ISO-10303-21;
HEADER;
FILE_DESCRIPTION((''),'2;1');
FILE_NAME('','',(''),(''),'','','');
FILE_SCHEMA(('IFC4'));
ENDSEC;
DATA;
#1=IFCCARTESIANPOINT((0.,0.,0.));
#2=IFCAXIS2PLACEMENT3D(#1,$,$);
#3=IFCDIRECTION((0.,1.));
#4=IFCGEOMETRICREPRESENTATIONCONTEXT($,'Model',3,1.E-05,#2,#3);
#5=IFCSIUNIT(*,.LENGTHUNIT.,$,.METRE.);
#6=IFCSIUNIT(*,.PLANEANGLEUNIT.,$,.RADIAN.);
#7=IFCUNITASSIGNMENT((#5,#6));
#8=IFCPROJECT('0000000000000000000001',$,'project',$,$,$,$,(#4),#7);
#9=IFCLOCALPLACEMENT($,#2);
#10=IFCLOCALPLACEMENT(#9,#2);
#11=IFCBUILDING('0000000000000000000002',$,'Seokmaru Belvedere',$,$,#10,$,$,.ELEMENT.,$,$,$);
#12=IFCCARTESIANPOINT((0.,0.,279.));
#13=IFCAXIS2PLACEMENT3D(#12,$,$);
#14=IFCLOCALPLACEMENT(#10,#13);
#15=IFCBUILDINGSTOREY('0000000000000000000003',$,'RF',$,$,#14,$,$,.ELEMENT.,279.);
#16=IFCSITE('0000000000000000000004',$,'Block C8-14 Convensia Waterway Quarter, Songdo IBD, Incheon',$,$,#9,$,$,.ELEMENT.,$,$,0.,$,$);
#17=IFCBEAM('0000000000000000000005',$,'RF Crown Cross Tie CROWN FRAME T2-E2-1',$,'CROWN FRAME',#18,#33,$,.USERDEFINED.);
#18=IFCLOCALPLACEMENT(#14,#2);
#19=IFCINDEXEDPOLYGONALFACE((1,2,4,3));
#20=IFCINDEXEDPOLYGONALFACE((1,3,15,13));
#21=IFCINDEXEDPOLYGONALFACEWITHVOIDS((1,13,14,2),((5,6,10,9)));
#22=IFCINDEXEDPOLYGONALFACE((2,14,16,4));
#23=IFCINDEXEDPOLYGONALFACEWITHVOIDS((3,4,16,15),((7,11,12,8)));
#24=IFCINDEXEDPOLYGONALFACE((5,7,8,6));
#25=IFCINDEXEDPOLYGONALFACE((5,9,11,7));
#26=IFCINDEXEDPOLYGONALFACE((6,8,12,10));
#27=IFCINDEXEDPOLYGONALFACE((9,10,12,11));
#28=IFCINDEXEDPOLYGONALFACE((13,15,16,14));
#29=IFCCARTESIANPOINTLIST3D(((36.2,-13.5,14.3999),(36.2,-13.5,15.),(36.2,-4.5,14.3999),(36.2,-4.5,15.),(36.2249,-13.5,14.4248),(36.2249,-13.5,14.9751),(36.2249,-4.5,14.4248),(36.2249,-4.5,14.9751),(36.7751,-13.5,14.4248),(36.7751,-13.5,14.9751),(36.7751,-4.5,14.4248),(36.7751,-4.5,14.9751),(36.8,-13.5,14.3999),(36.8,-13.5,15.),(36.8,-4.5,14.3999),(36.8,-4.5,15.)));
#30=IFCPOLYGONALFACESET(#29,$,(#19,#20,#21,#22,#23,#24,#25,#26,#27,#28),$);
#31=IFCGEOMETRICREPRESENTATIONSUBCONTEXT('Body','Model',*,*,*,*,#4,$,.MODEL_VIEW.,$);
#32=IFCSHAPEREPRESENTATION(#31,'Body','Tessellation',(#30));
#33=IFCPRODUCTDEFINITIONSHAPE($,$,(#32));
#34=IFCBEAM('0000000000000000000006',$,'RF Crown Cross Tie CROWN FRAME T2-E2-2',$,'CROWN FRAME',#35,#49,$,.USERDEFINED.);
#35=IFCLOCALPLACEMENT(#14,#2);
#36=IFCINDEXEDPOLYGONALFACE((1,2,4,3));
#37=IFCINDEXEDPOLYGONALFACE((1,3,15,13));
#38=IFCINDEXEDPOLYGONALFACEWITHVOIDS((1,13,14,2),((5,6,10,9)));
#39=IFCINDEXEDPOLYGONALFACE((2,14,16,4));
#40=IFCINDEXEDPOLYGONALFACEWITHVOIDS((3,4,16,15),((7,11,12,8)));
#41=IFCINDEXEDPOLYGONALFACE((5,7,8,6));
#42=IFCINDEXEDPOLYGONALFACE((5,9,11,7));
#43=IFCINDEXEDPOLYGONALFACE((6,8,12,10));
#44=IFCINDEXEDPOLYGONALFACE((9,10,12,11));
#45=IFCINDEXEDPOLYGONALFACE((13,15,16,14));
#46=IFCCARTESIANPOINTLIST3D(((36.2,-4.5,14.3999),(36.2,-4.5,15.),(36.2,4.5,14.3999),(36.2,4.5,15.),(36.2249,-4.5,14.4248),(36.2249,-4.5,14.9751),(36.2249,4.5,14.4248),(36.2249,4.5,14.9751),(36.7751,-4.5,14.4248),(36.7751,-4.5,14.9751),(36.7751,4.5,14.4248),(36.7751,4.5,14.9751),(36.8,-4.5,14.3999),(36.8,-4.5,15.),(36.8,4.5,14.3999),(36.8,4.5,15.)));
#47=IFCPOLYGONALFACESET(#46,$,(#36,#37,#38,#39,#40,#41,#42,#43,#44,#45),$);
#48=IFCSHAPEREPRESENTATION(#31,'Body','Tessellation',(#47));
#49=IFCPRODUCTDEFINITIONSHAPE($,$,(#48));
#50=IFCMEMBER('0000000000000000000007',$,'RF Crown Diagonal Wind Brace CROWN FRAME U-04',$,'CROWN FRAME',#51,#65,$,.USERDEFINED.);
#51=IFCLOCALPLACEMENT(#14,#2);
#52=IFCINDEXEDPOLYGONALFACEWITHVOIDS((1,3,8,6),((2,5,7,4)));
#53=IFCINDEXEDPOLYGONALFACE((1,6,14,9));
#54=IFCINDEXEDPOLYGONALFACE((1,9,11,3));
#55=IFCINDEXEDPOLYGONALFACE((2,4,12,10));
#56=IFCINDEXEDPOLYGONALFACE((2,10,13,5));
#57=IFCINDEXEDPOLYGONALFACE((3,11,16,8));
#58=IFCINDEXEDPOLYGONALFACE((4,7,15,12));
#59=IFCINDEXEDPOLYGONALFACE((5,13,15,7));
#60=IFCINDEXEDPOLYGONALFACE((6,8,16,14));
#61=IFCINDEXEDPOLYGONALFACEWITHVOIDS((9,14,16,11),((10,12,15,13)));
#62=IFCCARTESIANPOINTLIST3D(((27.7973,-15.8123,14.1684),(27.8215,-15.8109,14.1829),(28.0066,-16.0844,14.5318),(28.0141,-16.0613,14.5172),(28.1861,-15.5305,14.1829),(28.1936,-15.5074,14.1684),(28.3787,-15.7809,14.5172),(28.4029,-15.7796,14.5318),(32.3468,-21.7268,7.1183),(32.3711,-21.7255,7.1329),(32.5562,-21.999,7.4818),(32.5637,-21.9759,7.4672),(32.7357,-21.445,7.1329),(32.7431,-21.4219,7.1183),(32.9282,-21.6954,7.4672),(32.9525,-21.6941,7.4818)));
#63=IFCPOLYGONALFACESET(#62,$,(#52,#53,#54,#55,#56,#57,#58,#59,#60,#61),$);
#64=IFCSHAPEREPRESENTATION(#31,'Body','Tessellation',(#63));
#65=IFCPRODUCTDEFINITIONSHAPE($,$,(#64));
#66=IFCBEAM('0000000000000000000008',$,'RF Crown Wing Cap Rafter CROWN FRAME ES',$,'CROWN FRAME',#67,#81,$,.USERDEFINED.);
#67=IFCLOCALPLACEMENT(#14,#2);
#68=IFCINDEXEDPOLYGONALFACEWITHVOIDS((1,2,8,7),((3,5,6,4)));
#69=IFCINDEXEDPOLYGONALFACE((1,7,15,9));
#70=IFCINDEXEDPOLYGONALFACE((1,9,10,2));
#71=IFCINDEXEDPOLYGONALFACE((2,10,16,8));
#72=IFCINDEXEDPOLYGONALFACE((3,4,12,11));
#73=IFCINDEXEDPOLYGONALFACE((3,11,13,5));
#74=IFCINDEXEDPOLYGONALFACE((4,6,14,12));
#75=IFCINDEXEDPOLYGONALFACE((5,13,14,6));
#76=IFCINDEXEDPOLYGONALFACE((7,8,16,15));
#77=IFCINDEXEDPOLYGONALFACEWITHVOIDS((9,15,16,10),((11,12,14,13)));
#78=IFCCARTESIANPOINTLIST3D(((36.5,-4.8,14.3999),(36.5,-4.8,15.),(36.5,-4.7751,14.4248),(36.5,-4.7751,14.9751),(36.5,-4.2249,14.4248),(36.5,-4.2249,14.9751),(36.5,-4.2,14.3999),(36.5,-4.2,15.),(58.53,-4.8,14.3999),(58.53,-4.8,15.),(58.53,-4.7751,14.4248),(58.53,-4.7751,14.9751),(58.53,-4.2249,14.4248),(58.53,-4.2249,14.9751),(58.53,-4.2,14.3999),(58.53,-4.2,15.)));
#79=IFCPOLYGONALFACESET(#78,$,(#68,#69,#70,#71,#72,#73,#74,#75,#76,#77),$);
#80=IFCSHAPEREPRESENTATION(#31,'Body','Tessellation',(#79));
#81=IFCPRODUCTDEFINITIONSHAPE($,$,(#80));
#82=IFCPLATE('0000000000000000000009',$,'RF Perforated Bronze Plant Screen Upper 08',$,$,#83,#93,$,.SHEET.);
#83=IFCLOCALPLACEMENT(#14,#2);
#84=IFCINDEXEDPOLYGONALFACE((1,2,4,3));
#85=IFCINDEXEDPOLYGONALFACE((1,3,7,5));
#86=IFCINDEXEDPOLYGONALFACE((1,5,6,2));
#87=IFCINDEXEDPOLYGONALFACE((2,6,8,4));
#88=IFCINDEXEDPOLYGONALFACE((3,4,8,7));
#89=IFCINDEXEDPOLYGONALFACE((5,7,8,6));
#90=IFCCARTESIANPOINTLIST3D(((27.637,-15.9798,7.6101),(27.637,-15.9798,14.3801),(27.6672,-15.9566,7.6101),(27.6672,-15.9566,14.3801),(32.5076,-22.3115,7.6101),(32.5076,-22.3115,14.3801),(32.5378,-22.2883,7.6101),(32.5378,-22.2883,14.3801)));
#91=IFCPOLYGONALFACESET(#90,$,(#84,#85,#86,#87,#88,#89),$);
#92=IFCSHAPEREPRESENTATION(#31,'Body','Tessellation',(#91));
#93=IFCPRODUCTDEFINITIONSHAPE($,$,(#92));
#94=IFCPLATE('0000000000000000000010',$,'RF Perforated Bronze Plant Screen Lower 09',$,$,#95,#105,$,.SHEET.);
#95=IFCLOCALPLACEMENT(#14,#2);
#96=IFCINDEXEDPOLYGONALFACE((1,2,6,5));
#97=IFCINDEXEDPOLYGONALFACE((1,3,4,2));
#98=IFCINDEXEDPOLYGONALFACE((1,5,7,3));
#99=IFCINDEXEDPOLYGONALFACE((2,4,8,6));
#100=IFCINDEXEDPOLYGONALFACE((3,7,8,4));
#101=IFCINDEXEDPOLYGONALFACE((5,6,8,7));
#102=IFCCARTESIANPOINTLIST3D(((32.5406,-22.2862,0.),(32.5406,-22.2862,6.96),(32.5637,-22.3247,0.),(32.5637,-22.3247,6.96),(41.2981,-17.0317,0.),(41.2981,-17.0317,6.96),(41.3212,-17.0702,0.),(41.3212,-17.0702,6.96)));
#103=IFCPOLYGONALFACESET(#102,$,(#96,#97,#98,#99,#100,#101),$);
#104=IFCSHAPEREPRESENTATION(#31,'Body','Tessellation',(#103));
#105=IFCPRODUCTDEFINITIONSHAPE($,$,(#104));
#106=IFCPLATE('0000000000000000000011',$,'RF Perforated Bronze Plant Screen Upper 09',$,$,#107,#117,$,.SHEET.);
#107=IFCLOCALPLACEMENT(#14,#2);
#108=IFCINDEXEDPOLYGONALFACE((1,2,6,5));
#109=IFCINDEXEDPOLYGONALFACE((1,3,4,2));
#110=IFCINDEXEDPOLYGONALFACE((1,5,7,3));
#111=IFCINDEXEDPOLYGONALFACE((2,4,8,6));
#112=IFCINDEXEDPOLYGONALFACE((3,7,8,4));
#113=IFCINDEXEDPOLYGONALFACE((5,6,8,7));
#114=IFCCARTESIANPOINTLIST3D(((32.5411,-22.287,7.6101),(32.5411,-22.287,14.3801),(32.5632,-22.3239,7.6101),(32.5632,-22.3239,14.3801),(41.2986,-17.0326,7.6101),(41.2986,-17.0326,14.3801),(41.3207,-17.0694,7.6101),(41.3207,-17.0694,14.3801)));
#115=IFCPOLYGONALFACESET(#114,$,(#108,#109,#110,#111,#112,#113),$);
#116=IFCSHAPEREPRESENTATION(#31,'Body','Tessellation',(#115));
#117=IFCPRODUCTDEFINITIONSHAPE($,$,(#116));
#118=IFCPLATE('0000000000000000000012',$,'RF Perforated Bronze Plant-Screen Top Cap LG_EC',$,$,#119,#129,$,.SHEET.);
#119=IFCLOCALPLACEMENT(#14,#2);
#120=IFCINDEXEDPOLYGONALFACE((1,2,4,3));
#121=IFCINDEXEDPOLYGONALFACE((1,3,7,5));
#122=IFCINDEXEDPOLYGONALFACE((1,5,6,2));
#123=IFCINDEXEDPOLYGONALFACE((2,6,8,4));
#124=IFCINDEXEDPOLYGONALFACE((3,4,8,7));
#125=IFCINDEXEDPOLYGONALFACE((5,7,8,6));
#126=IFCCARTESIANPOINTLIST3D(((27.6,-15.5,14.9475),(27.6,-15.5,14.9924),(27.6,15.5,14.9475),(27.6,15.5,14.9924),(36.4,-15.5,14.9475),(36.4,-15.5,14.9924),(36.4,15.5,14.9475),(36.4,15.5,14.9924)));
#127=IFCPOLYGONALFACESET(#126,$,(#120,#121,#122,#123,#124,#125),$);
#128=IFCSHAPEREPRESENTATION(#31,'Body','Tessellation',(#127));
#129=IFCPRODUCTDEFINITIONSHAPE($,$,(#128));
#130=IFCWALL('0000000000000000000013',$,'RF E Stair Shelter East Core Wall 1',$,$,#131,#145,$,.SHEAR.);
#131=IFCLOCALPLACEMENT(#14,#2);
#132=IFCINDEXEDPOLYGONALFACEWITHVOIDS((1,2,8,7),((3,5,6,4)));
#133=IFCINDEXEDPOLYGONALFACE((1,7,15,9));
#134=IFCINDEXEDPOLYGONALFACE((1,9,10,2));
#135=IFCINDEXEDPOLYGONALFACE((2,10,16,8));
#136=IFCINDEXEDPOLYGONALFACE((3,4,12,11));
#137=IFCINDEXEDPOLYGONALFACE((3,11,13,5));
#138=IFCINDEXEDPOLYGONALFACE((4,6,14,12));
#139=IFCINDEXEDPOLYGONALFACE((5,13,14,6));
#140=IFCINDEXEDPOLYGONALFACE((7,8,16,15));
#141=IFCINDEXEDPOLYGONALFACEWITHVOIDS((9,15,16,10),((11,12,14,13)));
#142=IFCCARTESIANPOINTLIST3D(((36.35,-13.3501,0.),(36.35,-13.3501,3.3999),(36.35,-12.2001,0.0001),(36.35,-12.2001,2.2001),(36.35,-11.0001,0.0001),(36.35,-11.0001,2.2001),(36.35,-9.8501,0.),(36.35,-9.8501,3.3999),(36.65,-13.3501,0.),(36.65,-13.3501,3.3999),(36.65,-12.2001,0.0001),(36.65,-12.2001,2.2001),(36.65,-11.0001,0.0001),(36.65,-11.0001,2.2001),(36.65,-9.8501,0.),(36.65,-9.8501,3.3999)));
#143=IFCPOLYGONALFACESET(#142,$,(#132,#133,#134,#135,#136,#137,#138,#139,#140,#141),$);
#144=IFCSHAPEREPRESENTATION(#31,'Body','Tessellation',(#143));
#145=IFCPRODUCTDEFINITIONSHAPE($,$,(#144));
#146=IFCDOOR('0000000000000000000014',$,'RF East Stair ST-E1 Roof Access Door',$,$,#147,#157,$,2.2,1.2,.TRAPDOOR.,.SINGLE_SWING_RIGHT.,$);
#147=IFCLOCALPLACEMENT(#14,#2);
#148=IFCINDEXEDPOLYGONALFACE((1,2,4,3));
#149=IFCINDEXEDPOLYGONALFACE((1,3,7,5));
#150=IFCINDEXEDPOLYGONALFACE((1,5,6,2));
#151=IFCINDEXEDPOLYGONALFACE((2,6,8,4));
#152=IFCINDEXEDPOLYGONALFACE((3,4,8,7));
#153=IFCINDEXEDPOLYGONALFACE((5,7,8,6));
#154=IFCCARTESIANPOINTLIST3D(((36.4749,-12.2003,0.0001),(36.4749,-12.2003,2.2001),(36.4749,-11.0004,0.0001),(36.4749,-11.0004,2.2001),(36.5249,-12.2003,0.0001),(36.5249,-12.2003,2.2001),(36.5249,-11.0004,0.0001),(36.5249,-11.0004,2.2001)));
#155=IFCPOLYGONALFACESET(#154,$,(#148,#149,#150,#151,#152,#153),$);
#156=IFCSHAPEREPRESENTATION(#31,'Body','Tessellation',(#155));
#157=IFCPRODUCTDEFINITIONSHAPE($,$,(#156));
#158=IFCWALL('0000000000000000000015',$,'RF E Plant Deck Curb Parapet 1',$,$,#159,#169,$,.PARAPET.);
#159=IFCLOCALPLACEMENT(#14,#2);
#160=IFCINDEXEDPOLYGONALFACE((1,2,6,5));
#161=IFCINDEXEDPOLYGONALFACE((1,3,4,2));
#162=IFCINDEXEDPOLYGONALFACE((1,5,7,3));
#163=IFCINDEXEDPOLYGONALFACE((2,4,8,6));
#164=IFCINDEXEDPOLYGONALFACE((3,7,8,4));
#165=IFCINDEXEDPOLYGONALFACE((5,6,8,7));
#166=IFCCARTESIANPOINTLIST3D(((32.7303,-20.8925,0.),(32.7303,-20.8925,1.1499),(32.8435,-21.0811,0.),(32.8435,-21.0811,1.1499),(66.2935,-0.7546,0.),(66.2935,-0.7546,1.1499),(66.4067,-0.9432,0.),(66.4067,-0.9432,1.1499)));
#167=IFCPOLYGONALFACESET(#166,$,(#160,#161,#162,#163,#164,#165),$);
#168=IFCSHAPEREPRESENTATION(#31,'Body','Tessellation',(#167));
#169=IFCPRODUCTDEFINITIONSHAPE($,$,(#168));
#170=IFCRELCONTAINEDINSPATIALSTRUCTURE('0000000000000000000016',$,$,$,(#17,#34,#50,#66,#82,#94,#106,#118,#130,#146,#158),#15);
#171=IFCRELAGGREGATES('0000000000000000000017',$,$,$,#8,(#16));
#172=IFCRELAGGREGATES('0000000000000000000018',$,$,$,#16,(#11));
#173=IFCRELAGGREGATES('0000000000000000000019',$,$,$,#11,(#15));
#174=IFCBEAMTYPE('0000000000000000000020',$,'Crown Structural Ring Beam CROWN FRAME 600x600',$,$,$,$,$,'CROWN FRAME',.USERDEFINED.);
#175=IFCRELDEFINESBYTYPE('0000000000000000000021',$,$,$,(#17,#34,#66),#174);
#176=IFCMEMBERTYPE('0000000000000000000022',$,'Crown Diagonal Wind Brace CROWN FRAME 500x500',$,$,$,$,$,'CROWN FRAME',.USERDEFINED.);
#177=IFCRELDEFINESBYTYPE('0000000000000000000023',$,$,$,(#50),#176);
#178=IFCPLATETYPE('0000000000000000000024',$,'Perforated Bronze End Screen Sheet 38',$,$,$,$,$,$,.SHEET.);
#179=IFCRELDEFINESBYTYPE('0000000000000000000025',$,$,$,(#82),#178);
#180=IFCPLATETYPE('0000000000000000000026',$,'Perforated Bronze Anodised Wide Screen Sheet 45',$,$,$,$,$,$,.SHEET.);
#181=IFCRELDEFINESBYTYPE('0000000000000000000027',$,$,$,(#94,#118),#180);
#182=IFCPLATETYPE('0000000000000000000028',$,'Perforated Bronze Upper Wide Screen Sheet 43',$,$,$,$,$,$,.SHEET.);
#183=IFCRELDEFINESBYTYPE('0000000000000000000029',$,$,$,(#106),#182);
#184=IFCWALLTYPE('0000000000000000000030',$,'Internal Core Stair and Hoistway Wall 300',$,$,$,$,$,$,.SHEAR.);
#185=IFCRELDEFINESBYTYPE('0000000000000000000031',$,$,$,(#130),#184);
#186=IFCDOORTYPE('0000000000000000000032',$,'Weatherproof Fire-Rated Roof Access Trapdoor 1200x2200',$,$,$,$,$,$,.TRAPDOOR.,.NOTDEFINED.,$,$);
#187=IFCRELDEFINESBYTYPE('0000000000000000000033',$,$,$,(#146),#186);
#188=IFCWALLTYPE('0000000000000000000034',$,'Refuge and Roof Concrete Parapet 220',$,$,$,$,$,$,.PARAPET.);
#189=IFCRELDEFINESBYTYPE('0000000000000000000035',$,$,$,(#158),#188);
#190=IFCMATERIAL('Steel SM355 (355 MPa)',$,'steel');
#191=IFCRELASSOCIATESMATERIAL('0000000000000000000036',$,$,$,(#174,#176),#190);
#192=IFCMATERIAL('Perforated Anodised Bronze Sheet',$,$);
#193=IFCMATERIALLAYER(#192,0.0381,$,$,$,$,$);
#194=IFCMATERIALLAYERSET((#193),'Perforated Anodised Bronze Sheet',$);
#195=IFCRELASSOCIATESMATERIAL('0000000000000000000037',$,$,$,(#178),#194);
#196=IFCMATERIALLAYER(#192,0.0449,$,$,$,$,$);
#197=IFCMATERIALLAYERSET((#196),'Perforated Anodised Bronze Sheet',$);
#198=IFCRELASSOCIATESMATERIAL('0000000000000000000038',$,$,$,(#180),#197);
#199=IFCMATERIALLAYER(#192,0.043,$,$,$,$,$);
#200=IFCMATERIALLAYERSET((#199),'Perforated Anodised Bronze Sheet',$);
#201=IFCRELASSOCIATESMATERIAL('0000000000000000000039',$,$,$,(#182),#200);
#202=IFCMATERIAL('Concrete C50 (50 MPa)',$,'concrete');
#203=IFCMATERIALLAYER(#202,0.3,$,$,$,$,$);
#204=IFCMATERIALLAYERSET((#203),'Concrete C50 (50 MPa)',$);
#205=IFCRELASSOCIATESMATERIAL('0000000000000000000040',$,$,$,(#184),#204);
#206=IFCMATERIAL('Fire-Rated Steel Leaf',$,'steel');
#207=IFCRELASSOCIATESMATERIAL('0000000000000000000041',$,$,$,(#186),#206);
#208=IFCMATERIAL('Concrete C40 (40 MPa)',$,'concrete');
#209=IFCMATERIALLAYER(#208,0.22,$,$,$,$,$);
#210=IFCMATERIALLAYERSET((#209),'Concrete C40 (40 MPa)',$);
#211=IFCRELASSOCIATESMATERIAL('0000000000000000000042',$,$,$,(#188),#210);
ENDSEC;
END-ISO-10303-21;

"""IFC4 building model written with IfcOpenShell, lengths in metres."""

from ifc_helpers import new_model, si_unit, direction, frame, frame_2d, origin, origin_2d, place, context, subcontext, project, spatial, rectangle, hollow_rectangle, extrude, source, transform, mapped, material, layer, layer_set, material_profile, profile_set, type_object, type_shapes, element, fill, save


model = new_model("IFC4")

# Units and contexts
model_context = context("Model", 3, precision=1e-05, world=origin(), true_north=direction((0.0, 1.0)))
body_context = subcontext(model_context, "Body", "Model", "MODEL_VIEW")
ifc_project = project(units=[si_unit("LENGTHUNIT", "METRE"), si_unit("PLANEANGLEUNIT", "RADIAN")], contexts=[model_context])

# Site, building, storey
site_placement = place(None, origin())
site = spatial("IfcSite", under=ifc_project, at=site_placement, Name="Block C8-14 Convensia Waterway Quarter, Songdo IBD, Incheon", CompositionType="ELEMENT", RefElevation=0.0)
building_placement = place(site_placement, origin())
building = spatial("IfcBuilding", under=site, at=building_placement, Name="Seokmaru Belvedere", CompositionType="ELEMENT")
storey_placement = place(building_placement, frame((0.0, 0.0, 279.0)))
storey = spatial("IfcBuildingStorey", under=building, at=storey_placement, Name="RF", CompositionType="ELEMENT", Elevation=279.0)

# Shared definitions
ifc_material_1 = material(Name="Steel SM355 (355 MPa)", Category="steel")

# Beams
ifc_material_profile_1 = material_profile(ifc_material_1, hollow_rectangle(XDim=0.6001, YDim=0.6001, WallThickness=0.0249, at=origin_2d()), Name="HSS-600x600x25")
ifc_profile_set_1 = profile_set([ifc_material_profile_1], Name="Steel SM355 (355 MPa)")
beam_type_1 = type_object("IfcBeamType", Name="Crown Structural Ring Beam CROWN FRAME 600x600", ElementType="CROWN FRAME", PredefinedType="USERDEFINED", material=ifc_profile_set_1)
shared_shape_1 = source(origin(), body_context, "Body", "SweptSolid", [
    extrude(hollow_rectangle(XDim=0.6001, YDim=0.6001, WallThickness=0.0249, at=origin_2d()), origin(), (0.0, 0.0, 1.0), 9.0),
])
for number, where, z_axis, x_axis, name in (
    (1, (36.5, -13.5, 14.7), (0.0, 1.0, 0.0), (-1.0, 0.0, 0.0), "RF Crown Cross Tie CROWN FRAME T2-E2-1"),
    (2, (36.5, -4.5, 14.7), (0.0, 1.0, 0.0), (-1.0, 0.0, 0.0), "RF Crown Cross Tie CROWN FRAME T2-E2-2"),
):
    element("IfcBeam", number, at=place(storey_placement, frame(where, z_axis=z_axis, x_axis=x_axis)), inside=storey, type_object=beam_type_1, Name=name, ObjectType="CROWN FRAME", PredefinedType="USERDEFINED", context=body_context, shape_type="MappedRepresentation", body=[
        mapped(shared_shape_1, transform((0.0, 0.0, 0.0), scale=1.0)),
    ])

# Member
ifc_material_profile_2 = material_profile(ifc_material_1, hollow_rectangle(XDim=0.5, YDim=0.5, WallThickness=0.02, at=origin_2d()), Name="HSS-500x500x20")
ifc_profile_set_2 = profile_set([ifc_material_profile_2], Name="Steel SM355 (355 MPa)")
member_type = type_object("IfcMemberType", Name="Crown Diagonal Wind Brace CROWN FRAME 500x500", ElementType="CROWN FRAME", PredefinedType="USERDEFINED", material=ifc_profile_set_2)
shared_shape_2 = source(origin(), body_context, "Body", "SweptSolid", [
    extrude(hollow_rectangle(XDim=0.5, YDim=0.5, WallThickness=0.02, at=origin_2d()), origin(), (0.0, 0.0, 1.0), 10.2656),
])
type_shapes(member_type, [shared_shape_2])
member_placement = place(storey_placement, frame((32.6497, -21.7104, 7.3), z_axis=(-0.443183, 0.57615, 0.686761), x_axis=(-0.79263, -0.609703, 0.0)))
element("IfcMember", 3, at=member_placement, inside=storey, type_object=member_type, Name="RF Crown Diagonal Wind Brace CROWN FRAME U-04", ObjectType="CROWN FRAME", PredefinedType="USERDEFINED", context=body_context, shape_type="MappedRepresentation", body=[
    mapped(shared_shape_2, transform((0.0, 0.0, 0.0), scale=1.0)),
])

# Beam
shared_shape_3 = source(origin(), body_context, "Body", "SweptSolid", [
    extrude(hollow_rectangle(XDim=0.6001, YDim=0.6001, WallThickness=0.0249, at=origin_2d()), origin(), (0.0, 0.0, 1.0), 22.03),
])
beam_1_placement = place(storey_placement, frame((36.5, -4.5, 14.7), z_axis=(1.0, 0.0, 0.0), x_axis=(0.0, 1.0, 0.0)))
element("IfcBeam", 4, at=beam_1_placement, inside=storey, type_object=beam_type_1, Name="RF Crown Wing Cap Rafter CROWN FRAME ES", ObjectType="CROWN FRAME", PredefinedType="USERDEFINED", context=body_context, shape_type="MappedRepresentation", body=[
    mapped(shared_shape_3, transform((0.0, 0.0, 0.0), scale=1.0)),
])

# Plates
ifc_material_2 = material(Name="Perforated Anodised Bronze Sheet")
ifc_layer_1 = layer(ifc_material_2, 0.0381)
ifc_layer_set_1 = layer_set([ifc_layer_1], Name="Perforated Anodised Bronze Sheet")
plate_type_1 = type_object("IfcPlateType", Name="Perforated Bronze End Screen Sheet 38", PredefinedType="SHEET", material=ifc_layer_set_1)
shared_shape_4 = source(origin(), body_context, "Body", "SweptSolid", [
    extrude(rectangle(XDim=7.9883, YDim=0.0381, at=origin_2d()), origin(), (0.0, 0.0, 1.0), 6.77),
])
type_shapes(plate_type_1, [shared_shape_4])
plate_1_placement = place(storey_placement, frame((30.0874, -19.134, 7.6101), z_axis=(0.0, 0.0, 1.0), x_axis=(0.609709, -0.792625, 0.0)))
element("IfcPlate", 5, at=plate_1_placement, inside=storey, type_object=plate_type_1, Name="RF Perforated Bronze Plant Screen Upper 08", PredefinedType="SHEET", context=body_context, shape_type="MappedRepresentation", body=[
    mapped(shared_shape_4, transform((0.0, 0.0, 0.0), scale=1.0)),
])
ifc_layer_2 = layer(ifc_material_2, 0.0449)
ifc_layer_set_2 = layer_set([ifc_layer_2], Name="Perforated Anodised Bronze Sheet")
plate_type_2 = type_object("IfcPlateType", Name="Perforated Bronze Anodised Wide Screen Sheet 45", PredefinedType="SHEET", material=ifc_layer_set_2)
shared_shape_5 = source(origin(), body_context, "Body", "SweptSolid", [
    extrude(rectangle(XDim=10.2129, YDim=0.0449, at=origin_2d()), origin(), (0.0, 0.0, 1.0), 6.96),
])
plate_2_placement = place(storey_placement, frame((36.9309, -19.6782, 0.0), z_axis=(0.0, 0.0, 1.0), x_axis=(0.857493, 0.514496, 0.0)))
element("IfcPlate", 6, at=plate_2_placement, inside=storey, type_object=plate_type_2, Name="RF Perforated Bronze Plant Screen Lower 09", PredefinedType="SHEET", context=body_context, shape_type="MappedRepresentation", body=[
    mapped(shared_shape_5, transform((0.0, 0.0, 0.0), scale=1.0)),
])
ifc_layer_3 = layer(ifc_material_2, 0.043)
ifc_layer_set_3 = layer_set([ifc_layer_3], Name="Perforated Anodised Bronze Sheet")
plate_type_3 = type_object("IfcPlateType", Name="Perforated Bronze Upper Wide Screen Sheet 43", PredefinedType="SHEET", material=ifc_layer_set_3)
shared_shape_6 = source(origin(), body_context, "Body", "SweptSolid", [
    extrude(rectangle(XDim=10.2129, YDim=0.043, at=origin_2d()), origin(), (0.0, 0.0, 1.0), 6.77),
])
type_shapes(plate_type_3, [shared_shape_6])
plate_3_placement = place(storey_placement, frame((36.9309, -19.6782, 7.6101), z_axis=(0.0, 0.0, 1.0), x_axis=(0.857493, 0.514496, 0.0)))
element("IfcPlate", 7, at=plate_3_placement, inside=storey, type_object=plate_type_3, Name="RF Perforated Bronze Plant Screen Upper 09", PredefinedType="SHEET", context=body_context, shape_type="MappedRepresentation", body=[
    mapped(shared_shape_6, transform((0.0, 0.0, 0.0), scale=1.0)),
])
shared_shape_7 = source(origin(), body_context, "Body", "SweptSolid", [
    extrude(rectangle(XDim=8.8, YDim=31.0, at=origin_2d()), origin(), (0.0, 0.0, 1.0), 0.0449),
])
type_shapes(plate_type_2, [shared_shape_5, shared_shape_7])
plate_4_placement = place(storey_placement, frame((32.0, 0.0, 14.9475), z_axis=(0.0, 0.0, 1.0), x_axis=(1.0, 0.0, 0.0)))
element("IfcPlate", 8, at=plate_4_placement, inside=storey, type_object=plate_type_2, Name="RF Perforated Bronze Plant-Screen Top Cap LG_EC", PredefinedType="SHEET", context=body_context, shape_type="MappedRepresentation", body=[
    mapped(shared_shape_7, transform((0.0, 0.0, 0.0), scale=1.0)),
])

# Wall, opening, door
ifc_material_3 = material(Name="Concrete C50 (50 MPa)", Category="concrete")
ifc_layer_4 = layer(ifc_material_3, 0.3)
ifc_layer_set_4 = layer_set([ifc_layer_4], Name="Concrete C50 (50 MPa)")
wall_type_1 = type_object("IfcWallType", Name="Internal Core Stair and Hoistway Wall 300", PredefinedType="SHEAR", material=ifc_layer_set_4)
wall_1_placement = place(storey_placement, frame((36.5, -13.3501, 0.0), z_axis=(0.0, 0.0, 1.0), x_axis=(0.0, 1.0, 0.0)))
wall_1 = element("IfcWall", 9, at=wall_1_placement, inside=storey, type_object=wall_type_1, Name="RF E Stair Shelter East Core Wall 1", PredefinedType="SHEAR", context=body_context, shape_type="SweptSolid", body=[
    extrude(rectangle(XDim=3.5, YDim=0.3, at=frame_2d((1.75, 0.0))), origin(), (0.0, 0.0, 1.0), 3.3999),
])
opening_placement = place(wall_1_placement, frame((1.1499, 0.0, 0.0)))
opening = element("IfcOpeningElement", 10, at=opening_placement, cuts=wall_1, PredefinedType="OPENING", context=body_context, shape_type="SweptSolid", body=[
    extrude(rectangle(XDim=1.2, YDim=2.2, at=frame_2d((0.6001, 1.1001))), frame((0.0, 0.1602, 0.0), z_axis=(0.0, -1.0, 0.0), x_axis=(1.0, 0.0, 0.0)), (0.0, 0.0, 1.0), 0.3201),
])
ifc_material_4 = material(Name="Fire-Rated Steel Leaf", Category="steel")
door_type = type_object("IfcDoorType", Name="Weatherproof Fire-Rated Roof Access Trapdoor 1200x2200", OperationType="NOTDEFINED", PredefinedType="TRAPDOOR", material=ifc_material_4)
shared_shape_8 = source(origin(), body_context, "Body", "SweptSolid", [
    extrude(rectangle(XDim=1.2, YDim=2.2, at=frame_2d((0.6001, 1.1001))), frame((0.0, 0.0249, 0.0), z_axis=(0.0, -1.0, 0.0), x_axis=(1.0, 0.0, 0.0)), (0.0, 0.0, 1.0), 0.05),
])
type_shapes(door_type, [shared_shape_8])
door_placement = place(opening_placement, frame((1.2, 0.0, 0.0), z_axis=(0.0, 0.0, 1.0), x_axis=(-1.0, 0.0, 0.0)))
door = element("IfcDoor", 11, at=door_placement, inside=storey, type_object=door_type, Name="RF East Stair ST-E1 Roof Access Door", OperationType="SINGLE_SWING_RIGHT", OverallHeight=2.2, OverallWidth=1.2, PredefinedType="TRAPDOOR", context=body_context, shape_type="MappedRepresentation", body=[
    mapped(shared_shape_8, transform((0.0, 0.0, 0.0), scale=1.0)),
])
fill(opening, door)

# Wall
ifc_material_5 = material(Name="Concrete C40 (40 MPa)", Category="concrete")
ifc_layer_5 = layer(ifc_material_5, 0.22)
ifc_layer_set_5 = layer_set([ifc_layer_5], Name="Concrete C40 (40 MPa)")
wall_type_2 = type_object("IfcWallType", Name="Refuge and Roof Concrete Parapet 220", PredefinedType="PARAPET", material=ifc_layer_set_5)
wall_2_placement = place(storey_placement, frame((32.7869, -20.9868, 0.0), z_axis=(0.0, 0.0, 1.0), x_axis=(0.857493, 0.514496, 0.0)))
element("IfcWall", 12, at=wall_2_placement, inside=storey, type_object=wall_type_2, Name="RF E Plant Deck Curb Parapet 1", PredefinedType="PARAPET", context=body_context, shape_type="SweptSolid", body=[
    extrude(rectangle(XDim=39.1411, YDim=0.22, at=frame_2d((19.5706, 0.0))), origin(), (0.0, 0.0, 1.0), 1.1499),
])

save(model, "model.ifc")
